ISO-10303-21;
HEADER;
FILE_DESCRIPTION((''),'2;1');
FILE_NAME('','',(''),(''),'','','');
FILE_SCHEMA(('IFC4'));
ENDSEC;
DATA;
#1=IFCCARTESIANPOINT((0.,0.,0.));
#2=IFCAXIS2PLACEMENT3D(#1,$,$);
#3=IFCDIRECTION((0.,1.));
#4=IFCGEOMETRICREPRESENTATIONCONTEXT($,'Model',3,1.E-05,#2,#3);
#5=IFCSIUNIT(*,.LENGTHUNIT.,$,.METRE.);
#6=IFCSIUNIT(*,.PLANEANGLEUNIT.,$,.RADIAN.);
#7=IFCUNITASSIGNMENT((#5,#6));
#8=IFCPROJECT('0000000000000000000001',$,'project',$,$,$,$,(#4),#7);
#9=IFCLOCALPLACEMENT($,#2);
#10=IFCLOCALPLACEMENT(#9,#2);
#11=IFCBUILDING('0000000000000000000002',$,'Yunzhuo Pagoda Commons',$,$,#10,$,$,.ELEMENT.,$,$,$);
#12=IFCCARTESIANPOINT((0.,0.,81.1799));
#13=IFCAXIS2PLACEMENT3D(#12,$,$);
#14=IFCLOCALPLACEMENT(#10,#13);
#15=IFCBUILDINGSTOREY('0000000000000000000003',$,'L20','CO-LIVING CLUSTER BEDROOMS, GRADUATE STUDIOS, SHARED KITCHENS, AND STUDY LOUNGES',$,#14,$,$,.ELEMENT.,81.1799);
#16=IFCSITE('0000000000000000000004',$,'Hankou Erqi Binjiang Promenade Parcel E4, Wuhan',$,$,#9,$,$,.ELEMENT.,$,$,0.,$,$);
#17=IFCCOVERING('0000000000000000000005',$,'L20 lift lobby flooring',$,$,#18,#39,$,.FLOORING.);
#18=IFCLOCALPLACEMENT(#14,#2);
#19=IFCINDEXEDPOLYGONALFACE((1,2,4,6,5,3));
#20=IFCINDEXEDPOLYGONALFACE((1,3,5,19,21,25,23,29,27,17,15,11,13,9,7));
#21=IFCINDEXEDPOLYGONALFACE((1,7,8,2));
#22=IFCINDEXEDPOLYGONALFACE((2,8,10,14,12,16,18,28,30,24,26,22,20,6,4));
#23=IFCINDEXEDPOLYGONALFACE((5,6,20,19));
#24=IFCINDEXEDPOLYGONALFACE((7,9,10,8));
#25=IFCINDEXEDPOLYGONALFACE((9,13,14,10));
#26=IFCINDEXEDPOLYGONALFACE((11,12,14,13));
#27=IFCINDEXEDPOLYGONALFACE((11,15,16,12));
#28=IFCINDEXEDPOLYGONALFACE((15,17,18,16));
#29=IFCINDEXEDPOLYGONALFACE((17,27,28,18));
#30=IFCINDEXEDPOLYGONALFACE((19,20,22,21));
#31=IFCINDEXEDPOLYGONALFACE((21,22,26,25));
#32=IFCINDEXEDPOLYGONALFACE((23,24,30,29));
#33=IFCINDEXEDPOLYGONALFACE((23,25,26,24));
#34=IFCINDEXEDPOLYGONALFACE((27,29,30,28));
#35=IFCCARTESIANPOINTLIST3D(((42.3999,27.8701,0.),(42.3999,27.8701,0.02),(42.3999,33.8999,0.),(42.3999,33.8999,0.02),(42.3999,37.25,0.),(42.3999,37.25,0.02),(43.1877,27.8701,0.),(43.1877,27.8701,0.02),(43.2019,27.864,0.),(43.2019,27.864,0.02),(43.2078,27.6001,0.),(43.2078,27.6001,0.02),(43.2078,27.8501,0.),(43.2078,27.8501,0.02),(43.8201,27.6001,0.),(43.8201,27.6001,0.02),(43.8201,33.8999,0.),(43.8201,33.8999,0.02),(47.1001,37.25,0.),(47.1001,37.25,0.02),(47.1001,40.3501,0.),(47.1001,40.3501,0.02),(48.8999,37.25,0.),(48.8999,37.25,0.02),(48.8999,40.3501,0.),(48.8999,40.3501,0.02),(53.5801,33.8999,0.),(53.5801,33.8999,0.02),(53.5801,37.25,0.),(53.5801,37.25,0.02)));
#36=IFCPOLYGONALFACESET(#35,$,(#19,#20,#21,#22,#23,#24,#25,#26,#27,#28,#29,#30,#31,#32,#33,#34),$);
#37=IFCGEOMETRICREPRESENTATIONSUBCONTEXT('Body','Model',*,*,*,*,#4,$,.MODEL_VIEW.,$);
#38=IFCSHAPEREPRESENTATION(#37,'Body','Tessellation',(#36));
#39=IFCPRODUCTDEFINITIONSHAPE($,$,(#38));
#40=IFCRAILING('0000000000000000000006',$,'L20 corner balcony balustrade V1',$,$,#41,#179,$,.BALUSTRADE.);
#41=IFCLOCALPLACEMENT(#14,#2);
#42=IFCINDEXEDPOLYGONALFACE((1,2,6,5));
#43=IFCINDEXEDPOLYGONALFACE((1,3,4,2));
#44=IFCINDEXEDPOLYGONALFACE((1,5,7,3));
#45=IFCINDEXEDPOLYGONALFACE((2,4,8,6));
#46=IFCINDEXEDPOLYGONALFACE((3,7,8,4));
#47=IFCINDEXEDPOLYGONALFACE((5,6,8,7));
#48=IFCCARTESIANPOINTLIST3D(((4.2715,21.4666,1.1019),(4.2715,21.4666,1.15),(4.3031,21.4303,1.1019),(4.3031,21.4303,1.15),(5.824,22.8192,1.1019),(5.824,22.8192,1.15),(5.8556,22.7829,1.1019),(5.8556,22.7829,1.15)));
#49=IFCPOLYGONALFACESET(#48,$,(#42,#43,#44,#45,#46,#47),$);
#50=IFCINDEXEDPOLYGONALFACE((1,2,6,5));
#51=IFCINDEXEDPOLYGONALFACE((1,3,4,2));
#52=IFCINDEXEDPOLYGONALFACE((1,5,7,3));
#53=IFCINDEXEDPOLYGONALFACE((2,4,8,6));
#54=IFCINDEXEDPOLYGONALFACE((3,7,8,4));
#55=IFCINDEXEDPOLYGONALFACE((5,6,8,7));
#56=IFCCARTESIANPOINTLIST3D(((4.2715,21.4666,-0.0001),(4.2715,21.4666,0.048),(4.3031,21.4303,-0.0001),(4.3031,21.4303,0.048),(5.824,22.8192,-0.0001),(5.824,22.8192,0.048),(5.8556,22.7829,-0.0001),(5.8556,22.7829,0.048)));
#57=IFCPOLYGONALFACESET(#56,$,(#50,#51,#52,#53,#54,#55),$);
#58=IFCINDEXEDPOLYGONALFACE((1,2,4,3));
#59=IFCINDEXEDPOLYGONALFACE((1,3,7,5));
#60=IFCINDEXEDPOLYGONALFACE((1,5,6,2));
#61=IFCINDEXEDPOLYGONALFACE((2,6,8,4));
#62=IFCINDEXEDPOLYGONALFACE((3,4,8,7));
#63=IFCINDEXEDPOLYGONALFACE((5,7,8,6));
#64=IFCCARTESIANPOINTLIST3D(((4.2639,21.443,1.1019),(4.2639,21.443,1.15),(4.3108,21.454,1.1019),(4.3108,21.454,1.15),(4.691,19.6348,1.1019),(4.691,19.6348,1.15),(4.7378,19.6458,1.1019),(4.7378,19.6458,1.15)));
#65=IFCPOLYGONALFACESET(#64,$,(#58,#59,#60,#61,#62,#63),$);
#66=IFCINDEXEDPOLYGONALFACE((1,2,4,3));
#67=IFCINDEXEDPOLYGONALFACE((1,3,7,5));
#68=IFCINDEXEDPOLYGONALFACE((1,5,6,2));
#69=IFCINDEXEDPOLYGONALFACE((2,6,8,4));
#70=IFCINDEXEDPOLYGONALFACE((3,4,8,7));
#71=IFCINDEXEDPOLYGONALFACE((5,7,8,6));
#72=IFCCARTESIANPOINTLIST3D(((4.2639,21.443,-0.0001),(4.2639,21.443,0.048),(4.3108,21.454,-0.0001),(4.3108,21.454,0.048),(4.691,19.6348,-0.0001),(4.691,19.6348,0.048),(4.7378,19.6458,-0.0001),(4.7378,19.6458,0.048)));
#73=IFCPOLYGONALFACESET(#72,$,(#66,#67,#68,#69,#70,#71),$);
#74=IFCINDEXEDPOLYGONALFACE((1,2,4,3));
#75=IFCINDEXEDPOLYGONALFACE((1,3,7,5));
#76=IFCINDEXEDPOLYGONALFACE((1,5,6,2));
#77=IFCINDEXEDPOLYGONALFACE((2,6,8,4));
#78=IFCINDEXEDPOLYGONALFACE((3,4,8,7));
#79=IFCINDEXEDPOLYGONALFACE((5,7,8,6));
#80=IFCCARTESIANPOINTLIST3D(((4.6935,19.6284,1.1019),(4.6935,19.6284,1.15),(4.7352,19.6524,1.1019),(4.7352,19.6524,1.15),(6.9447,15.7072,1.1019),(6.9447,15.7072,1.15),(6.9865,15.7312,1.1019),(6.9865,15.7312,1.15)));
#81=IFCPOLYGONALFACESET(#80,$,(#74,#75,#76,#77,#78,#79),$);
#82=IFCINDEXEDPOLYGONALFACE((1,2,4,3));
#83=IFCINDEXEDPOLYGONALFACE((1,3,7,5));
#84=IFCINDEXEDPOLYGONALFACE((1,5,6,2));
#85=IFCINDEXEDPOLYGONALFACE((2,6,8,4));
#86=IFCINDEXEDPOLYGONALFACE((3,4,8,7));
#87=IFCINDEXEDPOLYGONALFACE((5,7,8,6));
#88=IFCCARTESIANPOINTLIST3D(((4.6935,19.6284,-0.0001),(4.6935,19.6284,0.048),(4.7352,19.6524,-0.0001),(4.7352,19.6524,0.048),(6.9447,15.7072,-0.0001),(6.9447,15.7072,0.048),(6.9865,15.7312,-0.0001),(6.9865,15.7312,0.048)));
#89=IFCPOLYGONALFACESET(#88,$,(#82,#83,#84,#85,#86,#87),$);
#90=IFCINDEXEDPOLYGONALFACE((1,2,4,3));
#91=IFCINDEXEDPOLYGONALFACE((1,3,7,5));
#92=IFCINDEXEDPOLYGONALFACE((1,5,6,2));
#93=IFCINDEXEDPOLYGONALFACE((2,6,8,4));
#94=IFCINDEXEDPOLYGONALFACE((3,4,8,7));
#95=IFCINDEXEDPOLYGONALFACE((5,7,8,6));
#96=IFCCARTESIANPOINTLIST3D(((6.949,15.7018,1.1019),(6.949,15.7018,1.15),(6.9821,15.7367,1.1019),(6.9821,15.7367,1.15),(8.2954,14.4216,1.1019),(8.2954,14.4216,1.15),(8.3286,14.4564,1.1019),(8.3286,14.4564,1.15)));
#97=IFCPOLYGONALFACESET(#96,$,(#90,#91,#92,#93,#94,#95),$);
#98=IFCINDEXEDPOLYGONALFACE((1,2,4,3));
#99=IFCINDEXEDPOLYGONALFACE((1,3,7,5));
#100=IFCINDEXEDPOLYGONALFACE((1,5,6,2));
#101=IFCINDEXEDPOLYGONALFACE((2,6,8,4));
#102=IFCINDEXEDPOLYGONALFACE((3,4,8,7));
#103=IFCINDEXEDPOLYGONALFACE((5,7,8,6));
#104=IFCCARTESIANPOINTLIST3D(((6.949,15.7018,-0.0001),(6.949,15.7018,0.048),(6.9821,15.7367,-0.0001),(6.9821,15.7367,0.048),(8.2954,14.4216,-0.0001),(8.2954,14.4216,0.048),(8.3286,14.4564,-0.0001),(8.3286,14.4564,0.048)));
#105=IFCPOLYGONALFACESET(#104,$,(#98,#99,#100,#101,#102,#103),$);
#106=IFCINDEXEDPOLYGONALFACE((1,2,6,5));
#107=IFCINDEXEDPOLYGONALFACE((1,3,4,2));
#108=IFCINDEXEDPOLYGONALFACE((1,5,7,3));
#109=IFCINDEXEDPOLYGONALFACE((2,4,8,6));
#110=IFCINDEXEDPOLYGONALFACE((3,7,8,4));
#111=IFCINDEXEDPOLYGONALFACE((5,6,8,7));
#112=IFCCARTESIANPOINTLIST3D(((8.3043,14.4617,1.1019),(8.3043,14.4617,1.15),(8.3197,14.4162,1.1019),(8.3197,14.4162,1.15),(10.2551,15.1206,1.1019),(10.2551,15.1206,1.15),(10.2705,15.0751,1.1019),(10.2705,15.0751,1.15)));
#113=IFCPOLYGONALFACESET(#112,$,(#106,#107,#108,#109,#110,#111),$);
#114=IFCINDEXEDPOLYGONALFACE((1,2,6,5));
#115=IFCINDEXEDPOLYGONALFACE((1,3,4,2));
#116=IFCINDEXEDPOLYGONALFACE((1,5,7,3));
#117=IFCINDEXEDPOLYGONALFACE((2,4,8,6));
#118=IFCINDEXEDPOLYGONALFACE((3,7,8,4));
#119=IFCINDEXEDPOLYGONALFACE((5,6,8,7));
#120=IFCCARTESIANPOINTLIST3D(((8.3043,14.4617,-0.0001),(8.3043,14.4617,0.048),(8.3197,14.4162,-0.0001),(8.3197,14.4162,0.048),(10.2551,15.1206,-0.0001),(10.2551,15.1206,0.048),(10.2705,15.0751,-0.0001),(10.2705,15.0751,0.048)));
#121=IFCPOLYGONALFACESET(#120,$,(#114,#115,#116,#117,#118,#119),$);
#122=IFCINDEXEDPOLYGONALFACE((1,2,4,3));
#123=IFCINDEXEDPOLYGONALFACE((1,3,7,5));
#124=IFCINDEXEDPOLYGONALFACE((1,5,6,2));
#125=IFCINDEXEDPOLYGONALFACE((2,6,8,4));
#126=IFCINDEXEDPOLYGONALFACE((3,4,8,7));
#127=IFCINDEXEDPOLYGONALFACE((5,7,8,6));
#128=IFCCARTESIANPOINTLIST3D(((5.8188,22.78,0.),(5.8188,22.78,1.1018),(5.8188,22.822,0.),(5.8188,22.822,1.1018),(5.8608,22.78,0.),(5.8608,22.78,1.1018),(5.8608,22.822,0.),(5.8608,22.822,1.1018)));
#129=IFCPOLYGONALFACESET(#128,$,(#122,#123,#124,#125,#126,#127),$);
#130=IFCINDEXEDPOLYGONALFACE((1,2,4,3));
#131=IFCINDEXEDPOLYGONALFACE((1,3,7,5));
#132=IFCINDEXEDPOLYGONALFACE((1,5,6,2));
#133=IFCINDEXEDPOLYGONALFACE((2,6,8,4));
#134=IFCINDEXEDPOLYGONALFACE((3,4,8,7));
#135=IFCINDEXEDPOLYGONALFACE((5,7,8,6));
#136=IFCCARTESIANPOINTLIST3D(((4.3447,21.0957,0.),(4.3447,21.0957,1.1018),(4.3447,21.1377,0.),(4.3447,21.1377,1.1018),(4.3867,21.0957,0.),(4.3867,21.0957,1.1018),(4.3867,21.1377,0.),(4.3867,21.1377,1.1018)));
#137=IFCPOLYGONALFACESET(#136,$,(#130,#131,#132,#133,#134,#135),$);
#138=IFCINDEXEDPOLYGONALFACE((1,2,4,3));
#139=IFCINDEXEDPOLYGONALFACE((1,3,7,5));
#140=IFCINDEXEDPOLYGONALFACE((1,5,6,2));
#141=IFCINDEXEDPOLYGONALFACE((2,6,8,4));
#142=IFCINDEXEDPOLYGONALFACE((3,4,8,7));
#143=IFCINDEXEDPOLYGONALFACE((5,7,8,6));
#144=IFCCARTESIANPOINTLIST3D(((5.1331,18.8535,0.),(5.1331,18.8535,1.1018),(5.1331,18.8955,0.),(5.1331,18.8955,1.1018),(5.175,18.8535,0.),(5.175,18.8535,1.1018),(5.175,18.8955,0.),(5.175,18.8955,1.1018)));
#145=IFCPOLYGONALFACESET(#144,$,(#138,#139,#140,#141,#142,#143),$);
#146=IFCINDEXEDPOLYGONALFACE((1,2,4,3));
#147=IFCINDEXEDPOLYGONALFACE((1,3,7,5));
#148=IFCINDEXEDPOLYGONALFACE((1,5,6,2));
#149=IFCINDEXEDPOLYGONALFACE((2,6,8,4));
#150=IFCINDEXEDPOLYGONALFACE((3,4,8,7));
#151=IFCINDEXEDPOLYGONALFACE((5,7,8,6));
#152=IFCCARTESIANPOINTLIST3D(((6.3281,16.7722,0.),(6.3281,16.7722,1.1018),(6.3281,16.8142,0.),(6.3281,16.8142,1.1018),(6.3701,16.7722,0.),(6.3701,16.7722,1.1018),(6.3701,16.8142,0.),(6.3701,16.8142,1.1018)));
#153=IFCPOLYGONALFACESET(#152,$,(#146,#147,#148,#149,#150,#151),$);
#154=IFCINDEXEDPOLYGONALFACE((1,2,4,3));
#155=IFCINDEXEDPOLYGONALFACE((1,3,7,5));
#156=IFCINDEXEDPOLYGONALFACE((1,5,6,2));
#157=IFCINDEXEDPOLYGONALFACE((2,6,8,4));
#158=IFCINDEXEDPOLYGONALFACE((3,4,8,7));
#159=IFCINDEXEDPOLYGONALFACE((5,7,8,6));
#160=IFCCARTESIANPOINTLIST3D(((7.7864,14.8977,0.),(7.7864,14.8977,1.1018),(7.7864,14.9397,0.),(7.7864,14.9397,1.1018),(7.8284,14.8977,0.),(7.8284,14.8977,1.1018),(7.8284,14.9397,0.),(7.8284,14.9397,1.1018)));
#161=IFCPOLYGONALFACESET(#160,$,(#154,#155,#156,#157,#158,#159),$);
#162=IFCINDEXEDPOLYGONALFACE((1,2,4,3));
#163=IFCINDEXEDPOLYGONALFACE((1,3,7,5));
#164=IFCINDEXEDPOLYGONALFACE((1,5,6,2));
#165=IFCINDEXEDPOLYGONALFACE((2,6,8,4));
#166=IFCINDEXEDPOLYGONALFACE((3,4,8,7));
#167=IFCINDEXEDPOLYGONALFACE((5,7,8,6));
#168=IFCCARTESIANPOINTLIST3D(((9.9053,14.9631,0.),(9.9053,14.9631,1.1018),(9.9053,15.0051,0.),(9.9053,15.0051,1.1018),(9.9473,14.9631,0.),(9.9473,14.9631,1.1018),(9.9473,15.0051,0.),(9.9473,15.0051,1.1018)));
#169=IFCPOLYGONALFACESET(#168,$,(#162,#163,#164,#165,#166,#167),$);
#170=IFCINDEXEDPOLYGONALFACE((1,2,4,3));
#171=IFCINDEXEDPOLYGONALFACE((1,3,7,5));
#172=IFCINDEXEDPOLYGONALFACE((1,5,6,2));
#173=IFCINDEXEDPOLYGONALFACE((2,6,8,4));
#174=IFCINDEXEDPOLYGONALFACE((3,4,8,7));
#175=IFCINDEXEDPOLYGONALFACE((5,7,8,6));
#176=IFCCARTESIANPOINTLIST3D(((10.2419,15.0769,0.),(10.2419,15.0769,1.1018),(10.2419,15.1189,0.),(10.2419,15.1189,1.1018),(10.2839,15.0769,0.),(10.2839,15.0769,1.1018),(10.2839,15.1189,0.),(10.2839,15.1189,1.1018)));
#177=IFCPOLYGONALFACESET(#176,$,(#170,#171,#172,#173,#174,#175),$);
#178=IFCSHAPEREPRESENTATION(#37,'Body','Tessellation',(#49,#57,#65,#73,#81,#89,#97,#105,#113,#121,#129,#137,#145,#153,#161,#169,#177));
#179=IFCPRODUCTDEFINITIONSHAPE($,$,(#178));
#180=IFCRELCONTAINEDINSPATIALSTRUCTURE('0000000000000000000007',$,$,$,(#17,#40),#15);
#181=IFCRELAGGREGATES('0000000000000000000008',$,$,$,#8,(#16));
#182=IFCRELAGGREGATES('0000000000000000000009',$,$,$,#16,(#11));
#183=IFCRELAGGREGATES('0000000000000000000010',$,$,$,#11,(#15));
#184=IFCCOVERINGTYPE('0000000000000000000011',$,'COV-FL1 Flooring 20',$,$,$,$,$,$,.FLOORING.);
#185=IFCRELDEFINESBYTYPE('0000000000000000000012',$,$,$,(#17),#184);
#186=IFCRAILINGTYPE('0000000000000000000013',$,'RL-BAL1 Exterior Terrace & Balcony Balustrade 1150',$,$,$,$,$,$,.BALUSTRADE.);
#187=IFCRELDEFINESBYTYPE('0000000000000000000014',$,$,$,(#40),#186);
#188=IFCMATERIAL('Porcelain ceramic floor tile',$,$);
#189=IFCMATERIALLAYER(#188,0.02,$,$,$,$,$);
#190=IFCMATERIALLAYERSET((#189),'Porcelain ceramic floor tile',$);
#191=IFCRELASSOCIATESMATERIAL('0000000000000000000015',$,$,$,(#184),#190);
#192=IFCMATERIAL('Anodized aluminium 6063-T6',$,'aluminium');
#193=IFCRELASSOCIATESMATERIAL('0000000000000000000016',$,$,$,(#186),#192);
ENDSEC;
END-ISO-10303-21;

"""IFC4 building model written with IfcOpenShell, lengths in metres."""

from ifc_helpers import new_model, si_unit, direction, frame, origin, origin_2d, place, context, subcontext, project, spatial, polyline, rectangle, outline, extrude, material, layer, layer_set, type_object, element, save


model = new_model("IFC4")

# Units and contexts
model_context = context("Model", 3, precision=1e-05, world=origin(), true_north=direction((0.0, 1.0)))
body_context = subcontext(model_context, "Body", "Model", "MODEL_VIEW")
ifc_project = project(units=[si_unit("LENGTHUNIT", "METRE"), si_unit("PLANEANGLEUNIT", "RADIAN")], contexts=[model_context])

# Site, building, storey
site_placement = place(None, origin())
site = spatial("IfcSite", under=ifc_project, at=site_placement, Name="Hankou Erqi Binjiang Promenade Parcel E4, Wuhan", CompositionType="ELEMENT", RefElevation=0.0)
building_placement = place(site_placement, origin())
building = spatial("IfcBuilding", under=site, at=building_placement, Name="Yunzhuo Pagoda Commons", CompositionType="ELEMENT")
storey_placement = place(building_placement, frame((0.0, 0.0, 81.1799)))
storey = spatial("IfcBuildingStorey", under=building, at=storey_placement, Name="L20", Description="CO-LIVING CLUSTER BEDROOMS, GRADUATE STUDIOS, SHARED KITCHENS, AND STUDY LOUNGES", CompositionType="ELEMENT", Elevation=81.1799)

# Shared definitions
ifc_material_1 = material(Name="Anodized aluminium 6063-T6", Category="aluminium")

# Covering
ifc_material_2 = material(Name="Porcelain ceramic floor tile")
ifc_layer_1 = layer(ifc_material_2, 0.02)
ifc_layer_set_1 = layer_set([ifc_layer_1], Name="Porcelain ceramic floor tile")
covering_type_1 = type_object("IfcCoveringType", Name="COV-FL1 Flooring 20", PredefinedType="FLOORING", material=ifc_layer_set_1)
covering_1_placement = place(storey_placement, origin())
element("IfcCovering", 1, at=covering_1_placement, inside=storey, type_object=covering_type_1, Name="L20 lift lobby flooring", PredefinedType="FLOORING", context=body_context, shape_type="SweptSolid", body=[
    extrude(outline(polyline([(43.2078, 27.8501), (43.2019, 27.864), (43.1877, 27.8701), (42.3999, 27.8701), (42.3999, 33.8999), (42.3999, 37.25), (47.1001, 37.25), (47.1001, 40.3501), (48.8999, 40.3501), (48.8999, 37.25), (53.5801, 37.25), (53.5801, 33.8999), (43.8201, 33.8999), (43.8201, 27.6001), (43.2078, 27.6001), (43.2078, 27.8501)])), origin(), (0.0, 0.0, 1.0), 0.02),
])

# Railing
railing_type = type_object("IfcRailingType", Name="RL-BAL1 Exterior Terrace & Balcony Balustrade 1150", PredefinedType="BALUSTRADE", material=ifc_material_1)
railing_placement = place(storey_placement, frame((5.8398, 22.801, 0.0)))
element("IfcRailing", 2, at=railing_placement, inside=storey, type_object=railing_type, Name="L20 corner balcony balustrade V1", PredefinedType="BALUSTRADE", context=body_context, shape_type="SweptSolid", body=[
    extrude(rectangle(XDim=0.0481, YDim=0.0481, at=origin_2d()), frame((0.0, 0.0, 1.126), z_axis=(-0.753993, -0.656883, 0.0), x_axis=(0.656883, -0.753993, 0.0)), (0.0, 0.0, 1.0), 2.0591),
    extrude(rectangle(XDim=0.0481, YDim=0.0481, at=origin_2d()), frame((0.0, 0.0, 0.0239), z_axis=(-0.753993, -0.656883, 0.0), x_axis=(0.656883, -0.753993, 0.0)), (0.0, 0.0, 1.0), 2.0591),
    extrude(rectangle(XDim=0.0481, YDim=0.0481, at=origin_2d()), frame((-1.5525, -1.3525, 1.126), z_axis=(0.229838, -0.973229, 0.0), x_axis=(0.973229, 0.229838, 0.0)), (0.0, 0.0, 1.0), 1.8579),
    extrude(rectangle(XDim=0.0481, YDim=0.0481, at=origin_2d()), frame((-1.5525, -1.3525, 0.0239), z_axis=(0.229838, -0.973229, 0.0), x_axis=(0.973229, 0.229838, 0.0)), (0.0, 0.0, 1.0), 1.8579),
    extrude(rectangle(XDim=0.0481, YDim=0.0481, at=origin_2d()), frame((-1.1255, -3.1606, 1.126), z_axis=(0.4979, -0.867235, 0.0), x_axis=(0.867235, 0.4979, 0.0)), (0.0, 0.0, 1.0), 4.5215),
    extrude(rectangle(XDim=0.0481, YDim=0.0481, at=origin_2d()), frame((-1.1255, -3.1606, 0.0239), z_axis=(0.4979, -0.867235, 0.0), x_axis=(0.867235, 0.4979, 0.0)), (0.0, 0.0, 1.0), 4.5215),
    extrude(rectangle(XDim=0.0481, YDim=0.0481, at=origin_2d()), frame((1.1257, -7.0818, 1.126), z_axis=(0.724688, -0.689077, 0.0), x_axis=(0.689077, 0.724688, 0.0)), (0.0, 0.0, 1.0), 1.8579),
    extrude(rectangle(XDim=0.0481, YDim=0.0481, at=origin_2d()), frame((1.1257, -7.0818, 0.0239), z_axis=(0.724688, -0.689077, 0.0), x_axis=(0.689077, 0.724688, 0.0)), (0.0, 0.0, 1.0), 1.8579),
    extrude(rectangle(XDim=0.0481, YDim=0.0481, at=origin_2d()), frame((2.4722, -8.3621, 1.126), z_axis=(0.947419, 0.319996, 0.0), x_axis=(-0.319996, 0.947419, 0.0)), (0.0, 0.0, 1.0), 2.0591),
    extrude(rectangle(XDim=0.0481, YDim=0.0481, at=origin_2d()), frame((2.4722, -8.3621, 0.0239), z_axis=(0.947419, 0.319996, 0.0), x_axis=(-0.319996, 0.947419, 0.0)), (0.0, 0.0, 1.0), 2.0591),
    extrude(rectangle(XDim=0.042, YDim=0.042, at=origin_2d()), origin(), (0.0, 0.0, 1.0), 1.1018),
    extrude(rectangle(XDim=0.042, YDim=0.042, at=origin_2d()), frame((-1.4741, -1.6843, 0.0)), (0.0, 0.0, 1.0), 1.1018),
    extrude(rectangle(XDim=0.042, YDim=0.042, at=origin_2d()), frame((-0.6858, -3.9265, 0.0)), (0.0, 0.0, 1.0), 1.1018),
    extrude(rectangle(XDim=0.042, YDim=0.042, at=origin_2d()), frame((0.5093, -6.0078, 0.0)), (0.0, 0.0, 1.0), 1.1018),
    extrude(rectangle(XDim=0.042, YDim=0.042, at=origin_2d()), frame((1.9675, -7.8823, 0.0)), (0.0, 0.0, 1.0), 1.1018),
    extrude(rectangle(XDim=0.042, YDim=0.042, at=origin_2d()), frame((4.0864, -7.8169, 0.0)), (0.0, 0.0, 1.0), 1.1018),
    extrude(rectangle(XDim=0.042, YDim=0.042, at=origin_2d()), frame((4.4231, -7.7031, 0.0)), (0.0, 0.0, 1.0), 1.1018),
])

save(model, "model.ifc")
